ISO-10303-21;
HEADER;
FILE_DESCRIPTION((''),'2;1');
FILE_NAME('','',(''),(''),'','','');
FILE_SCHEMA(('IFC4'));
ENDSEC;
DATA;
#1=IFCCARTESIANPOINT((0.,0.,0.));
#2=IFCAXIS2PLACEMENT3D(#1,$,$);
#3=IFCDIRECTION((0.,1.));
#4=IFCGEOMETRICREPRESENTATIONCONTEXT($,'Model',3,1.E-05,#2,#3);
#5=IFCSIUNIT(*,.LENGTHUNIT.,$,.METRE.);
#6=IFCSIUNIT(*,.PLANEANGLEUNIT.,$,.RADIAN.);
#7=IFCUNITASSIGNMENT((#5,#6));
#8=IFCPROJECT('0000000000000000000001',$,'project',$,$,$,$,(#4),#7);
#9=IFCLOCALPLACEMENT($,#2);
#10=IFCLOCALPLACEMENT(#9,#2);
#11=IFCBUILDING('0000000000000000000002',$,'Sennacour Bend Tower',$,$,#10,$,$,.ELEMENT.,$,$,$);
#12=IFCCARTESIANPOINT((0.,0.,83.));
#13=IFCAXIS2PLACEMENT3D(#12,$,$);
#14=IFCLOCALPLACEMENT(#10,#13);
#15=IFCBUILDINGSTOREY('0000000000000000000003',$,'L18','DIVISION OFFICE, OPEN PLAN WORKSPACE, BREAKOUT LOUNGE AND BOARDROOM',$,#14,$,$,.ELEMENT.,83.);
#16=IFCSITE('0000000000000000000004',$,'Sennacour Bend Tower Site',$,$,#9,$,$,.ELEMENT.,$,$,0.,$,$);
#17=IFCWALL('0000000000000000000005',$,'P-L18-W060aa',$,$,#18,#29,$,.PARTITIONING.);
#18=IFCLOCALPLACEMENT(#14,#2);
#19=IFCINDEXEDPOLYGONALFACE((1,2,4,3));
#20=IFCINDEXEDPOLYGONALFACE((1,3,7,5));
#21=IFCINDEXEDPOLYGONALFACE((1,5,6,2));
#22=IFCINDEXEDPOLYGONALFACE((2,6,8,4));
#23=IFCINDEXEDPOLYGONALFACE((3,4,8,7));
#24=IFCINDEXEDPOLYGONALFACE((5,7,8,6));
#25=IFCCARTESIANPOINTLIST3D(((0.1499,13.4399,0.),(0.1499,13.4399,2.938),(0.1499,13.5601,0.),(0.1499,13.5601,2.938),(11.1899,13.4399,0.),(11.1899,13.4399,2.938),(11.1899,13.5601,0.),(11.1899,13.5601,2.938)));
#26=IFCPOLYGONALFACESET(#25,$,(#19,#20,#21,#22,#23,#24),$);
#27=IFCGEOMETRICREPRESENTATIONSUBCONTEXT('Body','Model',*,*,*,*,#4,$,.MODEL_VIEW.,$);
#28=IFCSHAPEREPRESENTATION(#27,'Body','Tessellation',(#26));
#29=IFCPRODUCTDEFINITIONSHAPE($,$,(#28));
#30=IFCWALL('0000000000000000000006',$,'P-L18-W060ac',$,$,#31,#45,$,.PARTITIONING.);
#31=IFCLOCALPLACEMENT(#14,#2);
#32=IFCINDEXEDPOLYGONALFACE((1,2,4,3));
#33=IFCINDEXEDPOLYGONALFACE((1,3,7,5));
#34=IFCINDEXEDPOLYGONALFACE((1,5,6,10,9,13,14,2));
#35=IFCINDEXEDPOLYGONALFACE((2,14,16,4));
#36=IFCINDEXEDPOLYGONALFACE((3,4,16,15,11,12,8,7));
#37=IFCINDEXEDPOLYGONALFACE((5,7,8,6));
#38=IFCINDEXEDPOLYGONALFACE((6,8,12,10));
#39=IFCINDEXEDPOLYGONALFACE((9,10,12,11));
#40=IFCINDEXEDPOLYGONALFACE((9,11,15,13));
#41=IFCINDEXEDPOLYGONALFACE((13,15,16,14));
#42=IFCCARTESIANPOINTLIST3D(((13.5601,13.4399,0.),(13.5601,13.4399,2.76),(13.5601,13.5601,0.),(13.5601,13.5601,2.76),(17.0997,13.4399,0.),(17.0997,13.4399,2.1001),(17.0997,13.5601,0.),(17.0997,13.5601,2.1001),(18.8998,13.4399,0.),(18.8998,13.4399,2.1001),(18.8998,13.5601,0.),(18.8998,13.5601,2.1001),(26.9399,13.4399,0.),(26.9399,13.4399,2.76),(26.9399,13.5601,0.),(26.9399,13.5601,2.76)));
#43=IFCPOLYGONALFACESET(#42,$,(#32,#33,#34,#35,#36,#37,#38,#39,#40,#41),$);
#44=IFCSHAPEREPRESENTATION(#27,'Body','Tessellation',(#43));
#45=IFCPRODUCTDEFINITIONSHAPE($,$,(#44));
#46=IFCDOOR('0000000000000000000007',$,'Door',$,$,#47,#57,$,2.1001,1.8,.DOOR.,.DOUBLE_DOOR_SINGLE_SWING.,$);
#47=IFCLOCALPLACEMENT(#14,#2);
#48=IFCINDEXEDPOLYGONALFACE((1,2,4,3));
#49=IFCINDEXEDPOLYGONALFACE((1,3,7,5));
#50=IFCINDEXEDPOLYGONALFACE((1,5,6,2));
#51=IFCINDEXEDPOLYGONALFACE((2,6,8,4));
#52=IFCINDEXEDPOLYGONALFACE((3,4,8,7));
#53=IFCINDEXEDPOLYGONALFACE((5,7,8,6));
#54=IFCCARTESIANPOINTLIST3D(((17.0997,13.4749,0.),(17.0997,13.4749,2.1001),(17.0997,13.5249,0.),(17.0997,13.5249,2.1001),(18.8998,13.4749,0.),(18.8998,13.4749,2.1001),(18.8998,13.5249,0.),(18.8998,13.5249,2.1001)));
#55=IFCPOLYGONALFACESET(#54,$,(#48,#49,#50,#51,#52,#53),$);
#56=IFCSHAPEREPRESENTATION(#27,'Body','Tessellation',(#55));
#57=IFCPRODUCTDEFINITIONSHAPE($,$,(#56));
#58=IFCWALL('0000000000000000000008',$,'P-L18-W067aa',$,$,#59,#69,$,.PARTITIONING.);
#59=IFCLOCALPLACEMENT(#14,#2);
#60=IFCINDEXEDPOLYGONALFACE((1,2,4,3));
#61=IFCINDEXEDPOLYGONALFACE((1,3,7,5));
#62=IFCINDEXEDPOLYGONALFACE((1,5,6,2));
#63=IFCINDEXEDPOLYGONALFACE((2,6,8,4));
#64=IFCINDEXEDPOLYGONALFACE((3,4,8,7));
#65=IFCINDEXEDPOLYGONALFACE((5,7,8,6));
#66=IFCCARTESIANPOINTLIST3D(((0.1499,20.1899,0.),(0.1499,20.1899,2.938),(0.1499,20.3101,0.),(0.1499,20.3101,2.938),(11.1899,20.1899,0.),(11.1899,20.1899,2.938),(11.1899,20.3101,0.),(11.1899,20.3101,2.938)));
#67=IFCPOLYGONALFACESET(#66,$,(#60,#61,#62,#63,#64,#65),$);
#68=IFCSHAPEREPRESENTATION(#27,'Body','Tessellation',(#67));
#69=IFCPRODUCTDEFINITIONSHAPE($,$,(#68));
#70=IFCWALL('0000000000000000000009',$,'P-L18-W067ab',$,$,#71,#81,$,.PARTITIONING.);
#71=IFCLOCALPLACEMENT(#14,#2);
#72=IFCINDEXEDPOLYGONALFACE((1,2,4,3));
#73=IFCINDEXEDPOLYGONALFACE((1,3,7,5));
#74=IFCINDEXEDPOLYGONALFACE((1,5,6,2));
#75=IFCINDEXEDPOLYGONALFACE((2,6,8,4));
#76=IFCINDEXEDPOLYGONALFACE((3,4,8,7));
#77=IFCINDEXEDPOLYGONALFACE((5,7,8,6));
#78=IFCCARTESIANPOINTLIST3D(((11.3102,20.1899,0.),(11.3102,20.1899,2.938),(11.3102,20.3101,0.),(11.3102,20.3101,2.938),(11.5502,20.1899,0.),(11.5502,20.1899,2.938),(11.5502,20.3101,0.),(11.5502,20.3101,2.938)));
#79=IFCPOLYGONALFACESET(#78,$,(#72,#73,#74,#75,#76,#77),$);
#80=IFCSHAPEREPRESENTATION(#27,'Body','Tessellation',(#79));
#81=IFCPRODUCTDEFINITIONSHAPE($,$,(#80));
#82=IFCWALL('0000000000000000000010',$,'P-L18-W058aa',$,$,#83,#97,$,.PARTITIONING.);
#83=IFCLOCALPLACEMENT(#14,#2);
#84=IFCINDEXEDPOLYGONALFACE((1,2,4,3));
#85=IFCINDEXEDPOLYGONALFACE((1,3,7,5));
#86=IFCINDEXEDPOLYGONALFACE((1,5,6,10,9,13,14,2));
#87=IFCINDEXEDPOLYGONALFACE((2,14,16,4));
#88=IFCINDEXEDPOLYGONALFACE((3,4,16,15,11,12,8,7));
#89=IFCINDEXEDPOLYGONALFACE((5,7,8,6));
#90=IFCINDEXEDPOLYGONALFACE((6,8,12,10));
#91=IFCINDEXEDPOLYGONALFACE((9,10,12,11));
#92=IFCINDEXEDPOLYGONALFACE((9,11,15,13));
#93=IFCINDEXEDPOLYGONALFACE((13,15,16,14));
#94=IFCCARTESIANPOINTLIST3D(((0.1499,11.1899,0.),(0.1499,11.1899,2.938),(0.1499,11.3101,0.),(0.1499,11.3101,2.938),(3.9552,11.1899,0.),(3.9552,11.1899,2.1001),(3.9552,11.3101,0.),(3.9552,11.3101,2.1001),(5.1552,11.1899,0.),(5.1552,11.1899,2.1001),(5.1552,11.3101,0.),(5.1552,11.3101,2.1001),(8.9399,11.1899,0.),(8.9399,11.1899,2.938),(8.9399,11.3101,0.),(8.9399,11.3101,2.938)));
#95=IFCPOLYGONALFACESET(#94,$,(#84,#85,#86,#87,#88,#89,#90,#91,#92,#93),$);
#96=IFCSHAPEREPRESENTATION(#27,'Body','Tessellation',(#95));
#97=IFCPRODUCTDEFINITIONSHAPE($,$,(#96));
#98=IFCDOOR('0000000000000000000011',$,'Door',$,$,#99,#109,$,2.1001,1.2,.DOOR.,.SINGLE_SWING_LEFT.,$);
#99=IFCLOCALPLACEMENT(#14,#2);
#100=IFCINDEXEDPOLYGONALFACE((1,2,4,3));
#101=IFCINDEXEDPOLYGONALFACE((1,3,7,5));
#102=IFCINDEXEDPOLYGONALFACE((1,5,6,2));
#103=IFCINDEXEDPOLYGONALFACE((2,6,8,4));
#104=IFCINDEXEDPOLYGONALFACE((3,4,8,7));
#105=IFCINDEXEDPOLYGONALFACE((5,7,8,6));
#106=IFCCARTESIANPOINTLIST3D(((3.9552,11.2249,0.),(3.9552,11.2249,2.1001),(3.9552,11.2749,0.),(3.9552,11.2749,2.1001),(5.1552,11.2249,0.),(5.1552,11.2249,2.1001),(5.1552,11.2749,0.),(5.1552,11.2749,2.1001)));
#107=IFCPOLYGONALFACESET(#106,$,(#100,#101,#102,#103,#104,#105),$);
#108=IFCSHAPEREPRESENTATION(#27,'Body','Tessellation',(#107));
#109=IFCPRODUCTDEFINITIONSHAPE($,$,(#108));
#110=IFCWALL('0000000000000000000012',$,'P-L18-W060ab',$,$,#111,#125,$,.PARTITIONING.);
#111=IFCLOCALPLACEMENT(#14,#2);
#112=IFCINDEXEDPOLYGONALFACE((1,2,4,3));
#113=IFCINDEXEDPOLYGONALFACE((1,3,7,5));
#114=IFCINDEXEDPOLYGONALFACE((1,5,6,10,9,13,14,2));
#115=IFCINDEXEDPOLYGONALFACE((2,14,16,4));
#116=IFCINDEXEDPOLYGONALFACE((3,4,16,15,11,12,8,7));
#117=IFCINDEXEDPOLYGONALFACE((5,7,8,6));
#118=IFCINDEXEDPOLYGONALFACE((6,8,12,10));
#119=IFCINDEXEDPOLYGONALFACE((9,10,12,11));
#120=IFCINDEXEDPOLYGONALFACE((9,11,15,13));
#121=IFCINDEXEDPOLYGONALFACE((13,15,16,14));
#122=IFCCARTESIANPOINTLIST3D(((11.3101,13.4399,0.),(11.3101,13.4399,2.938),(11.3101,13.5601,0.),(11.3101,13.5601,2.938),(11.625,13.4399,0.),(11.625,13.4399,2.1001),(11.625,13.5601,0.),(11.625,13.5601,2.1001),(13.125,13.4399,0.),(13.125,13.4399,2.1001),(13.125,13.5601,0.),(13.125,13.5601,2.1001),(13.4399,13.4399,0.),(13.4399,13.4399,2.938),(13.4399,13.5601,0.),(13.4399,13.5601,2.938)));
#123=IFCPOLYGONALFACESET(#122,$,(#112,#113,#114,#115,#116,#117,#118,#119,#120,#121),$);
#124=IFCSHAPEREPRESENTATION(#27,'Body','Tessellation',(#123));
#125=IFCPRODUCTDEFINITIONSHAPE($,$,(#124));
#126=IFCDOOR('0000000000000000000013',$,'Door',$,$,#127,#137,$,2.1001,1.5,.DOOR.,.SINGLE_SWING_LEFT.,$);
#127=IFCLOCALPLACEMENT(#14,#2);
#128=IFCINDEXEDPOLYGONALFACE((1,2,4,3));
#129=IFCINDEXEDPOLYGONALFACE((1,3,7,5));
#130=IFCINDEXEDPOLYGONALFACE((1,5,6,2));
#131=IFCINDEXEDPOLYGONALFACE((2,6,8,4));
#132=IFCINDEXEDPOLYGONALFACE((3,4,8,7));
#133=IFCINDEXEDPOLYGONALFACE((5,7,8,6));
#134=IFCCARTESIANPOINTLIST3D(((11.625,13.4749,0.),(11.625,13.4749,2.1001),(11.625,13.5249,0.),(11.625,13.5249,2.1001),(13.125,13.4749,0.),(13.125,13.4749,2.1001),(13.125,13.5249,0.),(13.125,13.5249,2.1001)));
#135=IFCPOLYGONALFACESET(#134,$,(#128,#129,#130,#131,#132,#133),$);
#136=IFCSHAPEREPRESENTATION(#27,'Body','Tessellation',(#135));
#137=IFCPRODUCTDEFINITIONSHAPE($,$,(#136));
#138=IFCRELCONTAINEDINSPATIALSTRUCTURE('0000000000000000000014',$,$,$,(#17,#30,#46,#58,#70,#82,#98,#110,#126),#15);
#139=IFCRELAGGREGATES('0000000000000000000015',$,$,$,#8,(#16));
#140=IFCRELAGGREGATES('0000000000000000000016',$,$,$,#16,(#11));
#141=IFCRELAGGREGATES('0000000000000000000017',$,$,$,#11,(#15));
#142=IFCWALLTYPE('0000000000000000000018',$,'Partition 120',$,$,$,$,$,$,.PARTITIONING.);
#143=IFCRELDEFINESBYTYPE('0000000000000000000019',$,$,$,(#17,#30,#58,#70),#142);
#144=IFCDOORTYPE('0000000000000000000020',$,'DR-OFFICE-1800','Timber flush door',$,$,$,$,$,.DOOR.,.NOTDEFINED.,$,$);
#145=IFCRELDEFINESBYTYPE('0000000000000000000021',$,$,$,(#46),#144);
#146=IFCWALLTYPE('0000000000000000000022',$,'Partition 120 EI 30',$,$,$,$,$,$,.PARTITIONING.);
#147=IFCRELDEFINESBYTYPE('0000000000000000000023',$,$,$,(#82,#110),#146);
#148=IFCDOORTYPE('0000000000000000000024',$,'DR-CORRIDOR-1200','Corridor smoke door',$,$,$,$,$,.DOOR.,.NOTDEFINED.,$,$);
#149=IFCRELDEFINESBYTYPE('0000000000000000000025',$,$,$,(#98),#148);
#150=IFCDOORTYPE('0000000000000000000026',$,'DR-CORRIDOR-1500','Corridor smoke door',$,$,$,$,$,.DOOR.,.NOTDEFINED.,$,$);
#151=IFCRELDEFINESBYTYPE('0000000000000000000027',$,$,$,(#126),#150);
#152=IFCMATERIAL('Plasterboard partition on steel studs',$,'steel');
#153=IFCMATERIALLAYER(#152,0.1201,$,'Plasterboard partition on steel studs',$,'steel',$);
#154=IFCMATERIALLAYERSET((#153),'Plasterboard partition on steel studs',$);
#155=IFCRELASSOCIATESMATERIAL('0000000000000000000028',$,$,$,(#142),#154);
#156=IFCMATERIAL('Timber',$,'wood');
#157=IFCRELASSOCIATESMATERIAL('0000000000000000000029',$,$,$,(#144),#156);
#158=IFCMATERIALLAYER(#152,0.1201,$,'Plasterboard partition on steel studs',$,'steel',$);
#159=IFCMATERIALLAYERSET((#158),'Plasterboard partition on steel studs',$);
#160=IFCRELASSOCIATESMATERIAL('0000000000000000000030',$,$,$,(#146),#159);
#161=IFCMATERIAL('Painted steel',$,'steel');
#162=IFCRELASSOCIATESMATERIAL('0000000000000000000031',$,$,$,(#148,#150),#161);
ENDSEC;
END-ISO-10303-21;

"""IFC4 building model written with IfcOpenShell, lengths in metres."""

from ifc_helpers import new_model, si_unit, direction, frame, frame_2d, origin, place, context, subcontext, project, spatial, rectangle, extrude, material, layer, layer_set, type_object, element, fill, save


model = new_model("IFC4")

# Units and contexts
model_context = context("Model", 3, precision=1e-05, world=origin(), true_north=direction((0.0, 1.0)))
body_context = subcontext(model_context, "Body", "Model", "MODEL_VIEW")
ifc_project = project(units=[si_unit("LENGTHUNIT", "METRE"), si_unit("PLANEANGLEUNIT", "RADIAN")], contexts=[model_context])

# Site, building, storey
site_placement = place(None, origin())
site = spatial("IfcSite", under=ifc_project, at=site_placement, Name="Sennacour Bend Tower Site", CompositionType="ELEMENT", RefElevation=0.0)
building_placement = place(site_placement, origin())
building = spatial("IfcBuilding", under=site, at=building_placement, Name="Sennacour Bend Tower", CompositionType="ELEMENT")
storey_placement = place(building_placement, frame((0.0, 0.0, 83.0)))
storey = spatial("IfcBuildingStorey", under=building, at=storey_placement, Name="L18", Description="DIVISION OFFICE, OPEN PLAN WORKSPACE, BREAKOUT LOUNGE AND BOARDROOM", CompositionType="ELEMENT", Elevation=83.0)

# Shared definitions
ifc_material_1 = material(Name="Plasterboard partition on steel studs", Category="steel")
ifc_layer_1 = layer(ifc_material_1, 0.1201, Name="Plasterboard partition on steel studs", Category="steel")
ifc_layer_set_1 = layer_set([ifc_layer_1], Name="Plasterboard partition on steel studs")
wall_type_1 = type_object("IfcWallType", Name="Partition 120", PredefinedType="PARTITIONING", material=ifc_layer_set_1)
ifc_material_2 = material(Name="Timber", Category="wood")

# Wall
wall_1_placement = place(storey_placement, frame((0.1499, 13.5, 0.0), z_axis=(0.0, 0.0, 1.0), x_axis=(1.0, 0.0, 0.0)))
element("IfcWall", 1, at=wall_1_placement, inside=storey, type_object=wall_type_1, Name="P-L18-W060aa", PredefinedType="PARTITIONING", context=body_context, shape_type="SweptSolid", body=[
    extrude(rectangle(XDim=11.04, YDim=0.1201, at=frame_2d((5.52, 0.0))), origin(), (0.0, 0.0, 1.0), 2.938),
])

# Wall, opening, door
wall_2_placement = place(storey_placement, frame((13.5601, 13.5, 0.0), z_axis=(0.0, 0.0, 1.0), x_axis=(1.0, 0.0, 0.0)))
wall_2 = element("IfcWall", 2, at=wall_2_placement, inside=storey, type_object=wall_type_1, Name="P-L18-W060ac", PredefinedType="PARTITIONING", context=body_context, shape_type="SweptSolid", body=[
    extrude(rectangle(XDim=13.3799, YDim=0.1201, at=frame_2d((6.6899, 0.0))), origin(), (0.0, 0.0, 1.0), 2.76),
])
opening_1_placement = place(wall_2_placement, frame((3.5398, 0.0, 0.0)))
opening_1 = element("IfcOpeningElement", 3, at=opening_1_placement, cuts=wall_2, PredefinedType="OPENING", context=body_context, shape_type="SweptSolid", body=[
    extrude(rectangle(XDim=1.8, YDim=2.1001, at=frame_2d((0.8999, 1.05))), frame((0.0, 0.0701, 0.0), z_axis=(0.0, -1.0, 0.0), x_axis=(1.0, 0.0, 0.0)), (0.0, 0.0, 1.0), 0.1401),
])
door_type_1 = type_object("IfcDoorType", Name="DR-OFFICE-1800", Description="Timber flush door", OperationType="NOTDEFINED", PredefinedType="DOOR", material=ifc_material_2)
door_1_placement = place(opening_1_placement, origin())
door_1 = element("IfcDoor", 4, at=door_1_placement, inside=storey, type_object=door_type_1, Name="Door", OperationType="DOUBLE_DOOR_SINGLE_SWING", OverallHeight=2.1001, OverallWidth=1.8, PredefinedType="DOOR", context=body_context, shape_type="SweptSolid", body=[
    extrude(rectangle(XDim=1.8, YDim=2.1001, at=frame_2d((0.8999, 1.05))), frame((0.0, 0.0249, 0.0), z_axis=(0.0, -1.0, 0.0), x_axis=(1.0, 0.0, 0.0)), (0.0, 0.0, 1.0), 0.05),
])
fill(opening_1, door_1)

# Walls
wall_3_placement = place(storey_placement, frame((0.1499, 20.25, 0.0), z_axis=(0.0, 0.0, 1.0), x_axis=(1.0, 0.0, 0.0)))
element("IfcWall", 5, at=wall_3_placement, inside=storey, type_object=wall_type_1, Name="P-L18-W067aa", PredefinedType="PARTITIONING", context=body_context, shape_type="SweptSolid", body=[
    extrude(rectangle(XDim=11.04, YDim=0.1201, at=frame_2d((5.52, 0.0))), origin(), (0.0, 0.0, 1.0), 2.938),
])
wall_4_placement = place(storey_placement, frame((11.3101, 20.25, 0.0), z_axis=(0.0, 0.0, 1.0), x_axis=(1.0, 0.0, 0.0)))
element("IfcWall", 6, at=wall_4_placement, inside=storey, type_object=wall_type_1, Name="P-L18-W067ab", PredefinedType="PARTITIONING", context=body_context, shape_type="SweptSolid", body=[
    extrude(rectangle(XDim=0.24, YDim=0.1201, at=frame_2d((0.1201, 0.0))), origin(), (0.0, 0.0, 1.0), 2.938),
])

# Walls, openings, doors
ifc_layer_2 = layer(ifc_material_1, 0.1201, Name="Plasterboard partition on steel studs", Category="steel")
ifc_layer_set_2 = layer_set([ifc_layer_2], Name="Plasterboard partition on steel studs")
wall_type_2 = type_object("IfcWallType", Name="Partition 120 EI 30", PredefinedType="PARTITIONING", material=ifc_layer_set_2)
wall_5_placement = place(storey_placement, frame((0.1499, 11.25, 0.0), z_axis=(0.0, 0.0, 1.0), x_axis=(1.0, 0.0, 0.0)))
wall_5 = element("IfcWall", 7, at=wall_5_placement, inside=storey, type_object=wall_type_2, Name="P-L18-W058aa", PredefinedType="PARTITIONING", context=body_context, shape_type="SweptSolid", body=[
    extrude(rectangle(XDim=8.79, YDim=0.1201, at=frame_2d((4.395, 0.0))), origin(), (0.0, 0.0, 1.0), 2.938),
])
opening_2_placement = place(wall_5_placement, frame((3.8052, 0.0, 0.0)))
opening_2 = element("IfcOpeningElement", 8, at=opening_2_placement, cuts=wall_5, PredefinedType="OPENING", context=body_context, shape_type="SweptSolid", body=[
    extrude(rectangle(XDim=1.2, YDim=2.1001, at=frame_2d((0.6001, 1.05))), frame((0.0, 0.0701, 0.0), z_axis=(0.0, -1.0, 0.0), x_axis=(1.0, 0.0, 0.0)), (0.0, 0.0, 1.0), 0.1401),
])
ifc_material_3 = material(Name="Painted steel", Category="steel")
door_type_2 = type_object("IfcDoorType", Name="DR-CORRIDOR-1200", Description="Corridor smoke door", OperationType="NOTDEFINED", PredefinedType="DOOR", material=ifc_material_3)
door_2_placement = place(opening_2_placement, origin())
door_2 = element("IfcDoor", 9, at=door_2_placement, inside=storey, type_object=door_type_2, Name="Door", OperationType="SINGLE_SWING_LEFT", OverallHeight=2.1001, OverallWidth=1.2, PredefinedType="DOOR", context=body_context, shape_type="SweptSolid", body=[
    extrude(rectangle(XDim=1.2, YDim=2.1001, at=frame_2d((0.6001, 1.05))), frame((0.0, 0.0249, 0.0), z_axis=(0.0, -1.0, 0.0), x_axis=(1.0, 0.0, 0.0)), (0.0, 0.0, 1.0), 0.05),
])
fill(opening_2, door_2)
wall_6_placement = place(storey_placement, frame((11.3101, 13.5, 0.0), z_axis=(0.0, 0.0, 1.0), x_axis=(1.0, 0.0, 0.0)))
wall_6 = element("IfcWall", 10, at=wall_6_placement, inside=storey, type_object=wall_type_2, Name="P-L18-W060ab", PredefinedType="PARTITIONING", context=body_context, shape_type="SweptSolid", body=[
    extrude(rectangle(XDim=2.1299, YDim=0.1201, at=frame_2d((1.0649, 0.0))), origin(), (0.0, 0.0, 1.0), 2.938),
])
opening_3_placement = place(wall_6_placement, frame((0.3149, 0.0, 0.0)))
opening_3 = element("IfcOpeningElement", 11, at=opening_3_placement, cuts=wall_6, PredefinedType="OPENING", context=body_context, shape_type="SweptSolid", body=[
    extrude(rectangle(XDim=1.5, YDim=2.1001, at=frame_2d((0.75, 1.05))), frame((0.0, 0.0701, 0.0), z_axis=(0.0, -1.0, 0.0), x_axis=(1.0, 0.0, 0.0)), (0.0, 0.0, 1.0), 0.1401),
])
door_type_3 = type_object("IfcDoorType", Name="DR-CORRIDOR-1500", Description="Corridor smoke door", OperationType="NOTDEFINED", PredefinedType="DOOR", material=ifc_material_3)
door_3_placement = place(opening_3_placement, origin())
door_3 = element("IfcDoor", 12, at=door_3_placement, inside=storey, type_object=door_type_3, Name="Door", OperationType="SINGLE_SWING_LEFT", OverallHeight=2.1001, OverallWidth=1.5, PredefinedType="DOOR", context=body_context, shape_type="SweptSolid", body=[
    extrude(rectangle(XDim=1.5, YDim=2.1001, at=frame_2d((0.75, 1.05))), frame((0.0, 0.0249, 0.0), z_axis=(0.0, -1.0, 0.0), x_axis=(1.0, 0.0, 0.0)), (0.0, 0.0, 1.0), 0.05),
])
fill(opening_3, door_3)

save(model, "model.ifc")
